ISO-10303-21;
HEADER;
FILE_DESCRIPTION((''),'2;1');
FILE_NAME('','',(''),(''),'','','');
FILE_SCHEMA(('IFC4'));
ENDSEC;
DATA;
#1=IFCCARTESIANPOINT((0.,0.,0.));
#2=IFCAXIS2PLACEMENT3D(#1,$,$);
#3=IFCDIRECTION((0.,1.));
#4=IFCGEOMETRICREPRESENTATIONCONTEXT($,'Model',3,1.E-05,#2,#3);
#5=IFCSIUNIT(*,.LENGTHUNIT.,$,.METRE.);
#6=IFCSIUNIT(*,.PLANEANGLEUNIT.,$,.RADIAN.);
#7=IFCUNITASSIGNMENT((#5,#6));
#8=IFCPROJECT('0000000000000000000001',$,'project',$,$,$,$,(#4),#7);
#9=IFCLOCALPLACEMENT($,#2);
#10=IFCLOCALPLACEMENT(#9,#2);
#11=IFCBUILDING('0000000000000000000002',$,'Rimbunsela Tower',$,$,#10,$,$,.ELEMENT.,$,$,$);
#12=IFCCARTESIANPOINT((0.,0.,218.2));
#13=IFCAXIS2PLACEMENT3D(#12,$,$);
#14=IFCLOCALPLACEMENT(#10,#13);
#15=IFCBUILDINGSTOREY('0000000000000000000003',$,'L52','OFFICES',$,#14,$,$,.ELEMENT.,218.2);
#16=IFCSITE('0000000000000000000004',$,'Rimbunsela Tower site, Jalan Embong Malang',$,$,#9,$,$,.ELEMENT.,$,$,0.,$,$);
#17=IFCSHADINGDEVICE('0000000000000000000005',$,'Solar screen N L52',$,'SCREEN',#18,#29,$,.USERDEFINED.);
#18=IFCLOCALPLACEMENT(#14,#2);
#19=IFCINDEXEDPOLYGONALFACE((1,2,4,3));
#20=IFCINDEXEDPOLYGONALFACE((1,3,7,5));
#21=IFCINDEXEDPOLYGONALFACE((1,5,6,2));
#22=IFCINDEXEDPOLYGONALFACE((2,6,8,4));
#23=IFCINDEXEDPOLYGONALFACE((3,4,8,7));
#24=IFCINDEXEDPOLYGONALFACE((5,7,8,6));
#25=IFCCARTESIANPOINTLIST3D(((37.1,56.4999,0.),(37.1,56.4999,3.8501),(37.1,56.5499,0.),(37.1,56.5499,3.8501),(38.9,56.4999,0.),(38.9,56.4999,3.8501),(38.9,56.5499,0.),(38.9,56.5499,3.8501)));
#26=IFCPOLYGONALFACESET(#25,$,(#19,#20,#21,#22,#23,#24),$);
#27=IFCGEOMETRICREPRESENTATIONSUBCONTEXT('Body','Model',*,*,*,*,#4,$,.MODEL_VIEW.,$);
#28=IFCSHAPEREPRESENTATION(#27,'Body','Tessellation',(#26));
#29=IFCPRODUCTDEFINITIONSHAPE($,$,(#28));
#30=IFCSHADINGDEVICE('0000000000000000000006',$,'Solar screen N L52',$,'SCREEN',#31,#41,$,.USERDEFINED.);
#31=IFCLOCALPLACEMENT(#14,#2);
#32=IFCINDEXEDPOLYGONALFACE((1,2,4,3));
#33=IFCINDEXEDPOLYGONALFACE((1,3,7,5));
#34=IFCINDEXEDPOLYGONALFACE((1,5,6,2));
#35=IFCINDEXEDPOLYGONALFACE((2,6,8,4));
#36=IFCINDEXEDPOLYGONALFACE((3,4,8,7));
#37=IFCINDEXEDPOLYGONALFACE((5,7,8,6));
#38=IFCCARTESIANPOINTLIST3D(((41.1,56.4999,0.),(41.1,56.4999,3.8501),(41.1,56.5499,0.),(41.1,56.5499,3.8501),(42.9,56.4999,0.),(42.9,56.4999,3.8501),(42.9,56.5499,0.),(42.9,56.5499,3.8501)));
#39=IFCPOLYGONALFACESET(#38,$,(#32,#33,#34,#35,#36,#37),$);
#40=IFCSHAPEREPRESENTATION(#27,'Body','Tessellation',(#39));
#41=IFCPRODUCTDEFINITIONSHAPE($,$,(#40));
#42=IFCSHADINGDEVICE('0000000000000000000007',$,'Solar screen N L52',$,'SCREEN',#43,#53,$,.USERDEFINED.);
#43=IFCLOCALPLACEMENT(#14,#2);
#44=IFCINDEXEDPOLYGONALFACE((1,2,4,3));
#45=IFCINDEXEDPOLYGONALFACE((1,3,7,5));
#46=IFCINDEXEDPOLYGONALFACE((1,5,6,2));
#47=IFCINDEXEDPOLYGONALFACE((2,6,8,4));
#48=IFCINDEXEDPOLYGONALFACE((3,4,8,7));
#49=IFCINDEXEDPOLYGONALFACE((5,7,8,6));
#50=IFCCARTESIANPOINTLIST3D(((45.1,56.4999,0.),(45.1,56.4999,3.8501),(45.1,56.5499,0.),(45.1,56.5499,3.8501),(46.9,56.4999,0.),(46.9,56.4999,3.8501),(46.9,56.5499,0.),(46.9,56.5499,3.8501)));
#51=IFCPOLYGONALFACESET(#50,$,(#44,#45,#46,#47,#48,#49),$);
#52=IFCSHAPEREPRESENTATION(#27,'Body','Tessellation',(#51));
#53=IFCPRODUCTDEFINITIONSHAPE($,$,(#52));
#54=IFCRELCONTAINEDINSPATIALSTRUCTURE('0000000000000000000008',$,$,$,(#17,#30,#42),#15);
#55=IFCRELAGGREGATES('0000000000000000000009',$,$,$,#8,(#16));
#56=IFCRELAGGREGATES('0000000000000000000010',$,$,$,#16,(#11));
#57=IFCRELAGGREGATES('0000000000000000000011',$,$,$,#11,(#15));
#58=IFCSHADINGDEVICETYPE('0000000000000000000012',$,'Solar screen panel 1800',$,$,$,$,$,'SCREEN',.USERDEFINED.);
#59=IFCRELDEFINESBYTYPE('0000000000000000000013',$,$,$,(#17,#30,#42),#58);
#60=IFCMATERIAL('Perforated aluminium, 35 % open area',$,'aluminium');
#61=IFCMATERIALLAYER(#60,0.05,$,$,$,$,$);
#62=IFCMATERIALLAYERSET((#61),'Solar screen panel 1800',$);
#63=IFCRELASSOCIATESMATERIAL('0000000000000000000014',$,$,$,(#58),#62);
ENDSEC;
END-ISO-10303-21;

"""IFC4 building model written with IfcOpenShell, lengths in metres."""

from ifc_helpers import new_model, si_unit, direction, frame, origin, origin_2d, place, context, subcontext, project, spatial, rectangle, extrude, material, layer, layer_set, type_object, element, save


model = new_model("IFC4")

# Units and contexts
model_context = context("Model", 3, precision=1e-05, world=origin(), true_north=direction((0.0, 1.0)))
body_context = subcontext(model_context, "Body", "Model", "MODEL_VIEW")
ifc_project = project(units=[si_unit("LENGTHUNIT", "METRE"), si_unit("PLANEANGLEUNIT", "RADIAN")], contexts=[model_context])

# Site, building, storey
site_placement = place(None, origin())
site = spatial("IfcSite", under=ifc_project, at=site_placement, Name="Rimbunsela Tower site, Jalan Embong Malang", CompositionType="ELEMENT", RefElevation=0.0)
building_placement = place(site_placement, origin())
building = spatial("IfcBuilding", under=site, at=building_placement, Name="Rimbunsela Tower", CompositionType="ELEMENT")
storey_placement = place(building_placement, frame((0.0, 0.0, 218.2)))
storey = spatial("IfcBuildingStorey", under=building, at=storey_placement, Name="L52", Description="OFFICES", CompositionType="ELEMENT", Elevation=218.2)

# Shading devices
ifc_material_1 = material(Name="Perforated aluminium, 35 % open area", Category="aluminium")
ifc_layer_1 = layer(ifc_material_1, 0.05)
ifc_layer_set_1 = layer_set([ifc_layer_1], Name="Solar screen panel 1800")
shading_device_type = type_object("IfcShadingDeviceType", Name="Solar screen panel 1800", ElementType="SCREEN", PredefinedType="USERDEFINED", material=ifc_layer_set_1)
for number, where, z_axis, x_axis, name in (
    (1, (38.0, 56.5249, 0.0), (0.0, 0.0, 1.0), (1.0, 0.0, 0.0), "Solar screen N L52"),
    (2, (42.0, 56.5249, 0.0), (0.0, 0.0, 1.0), (1.0, 0.0, 0.0), "Solar screen N L52"),
    (3, (46.0, 56.5249, 0.0), (0.0, 0.0, 1.0), (1.0, 0.0, 0.0), "Solar screen N L52"),
):
    element("IfcShadingDevice", number, at=place(storey_placement, frame(where, z_axis=z_axis, x_axis=x_axis)), inside=storey, type_object=shading_device_type, Name=name, ObjectType="SCREEN", PredefinedType="USERDEFINED", context=body_context, shape_type="SweptSolid", body=[
        extrude(rectangle(XDim=1.8, YDim=0.05, at=origin_2d()), origin(), (0.0, 0.0, 1.0), 3.8501),
    ])

save(model, "model.ifc")
